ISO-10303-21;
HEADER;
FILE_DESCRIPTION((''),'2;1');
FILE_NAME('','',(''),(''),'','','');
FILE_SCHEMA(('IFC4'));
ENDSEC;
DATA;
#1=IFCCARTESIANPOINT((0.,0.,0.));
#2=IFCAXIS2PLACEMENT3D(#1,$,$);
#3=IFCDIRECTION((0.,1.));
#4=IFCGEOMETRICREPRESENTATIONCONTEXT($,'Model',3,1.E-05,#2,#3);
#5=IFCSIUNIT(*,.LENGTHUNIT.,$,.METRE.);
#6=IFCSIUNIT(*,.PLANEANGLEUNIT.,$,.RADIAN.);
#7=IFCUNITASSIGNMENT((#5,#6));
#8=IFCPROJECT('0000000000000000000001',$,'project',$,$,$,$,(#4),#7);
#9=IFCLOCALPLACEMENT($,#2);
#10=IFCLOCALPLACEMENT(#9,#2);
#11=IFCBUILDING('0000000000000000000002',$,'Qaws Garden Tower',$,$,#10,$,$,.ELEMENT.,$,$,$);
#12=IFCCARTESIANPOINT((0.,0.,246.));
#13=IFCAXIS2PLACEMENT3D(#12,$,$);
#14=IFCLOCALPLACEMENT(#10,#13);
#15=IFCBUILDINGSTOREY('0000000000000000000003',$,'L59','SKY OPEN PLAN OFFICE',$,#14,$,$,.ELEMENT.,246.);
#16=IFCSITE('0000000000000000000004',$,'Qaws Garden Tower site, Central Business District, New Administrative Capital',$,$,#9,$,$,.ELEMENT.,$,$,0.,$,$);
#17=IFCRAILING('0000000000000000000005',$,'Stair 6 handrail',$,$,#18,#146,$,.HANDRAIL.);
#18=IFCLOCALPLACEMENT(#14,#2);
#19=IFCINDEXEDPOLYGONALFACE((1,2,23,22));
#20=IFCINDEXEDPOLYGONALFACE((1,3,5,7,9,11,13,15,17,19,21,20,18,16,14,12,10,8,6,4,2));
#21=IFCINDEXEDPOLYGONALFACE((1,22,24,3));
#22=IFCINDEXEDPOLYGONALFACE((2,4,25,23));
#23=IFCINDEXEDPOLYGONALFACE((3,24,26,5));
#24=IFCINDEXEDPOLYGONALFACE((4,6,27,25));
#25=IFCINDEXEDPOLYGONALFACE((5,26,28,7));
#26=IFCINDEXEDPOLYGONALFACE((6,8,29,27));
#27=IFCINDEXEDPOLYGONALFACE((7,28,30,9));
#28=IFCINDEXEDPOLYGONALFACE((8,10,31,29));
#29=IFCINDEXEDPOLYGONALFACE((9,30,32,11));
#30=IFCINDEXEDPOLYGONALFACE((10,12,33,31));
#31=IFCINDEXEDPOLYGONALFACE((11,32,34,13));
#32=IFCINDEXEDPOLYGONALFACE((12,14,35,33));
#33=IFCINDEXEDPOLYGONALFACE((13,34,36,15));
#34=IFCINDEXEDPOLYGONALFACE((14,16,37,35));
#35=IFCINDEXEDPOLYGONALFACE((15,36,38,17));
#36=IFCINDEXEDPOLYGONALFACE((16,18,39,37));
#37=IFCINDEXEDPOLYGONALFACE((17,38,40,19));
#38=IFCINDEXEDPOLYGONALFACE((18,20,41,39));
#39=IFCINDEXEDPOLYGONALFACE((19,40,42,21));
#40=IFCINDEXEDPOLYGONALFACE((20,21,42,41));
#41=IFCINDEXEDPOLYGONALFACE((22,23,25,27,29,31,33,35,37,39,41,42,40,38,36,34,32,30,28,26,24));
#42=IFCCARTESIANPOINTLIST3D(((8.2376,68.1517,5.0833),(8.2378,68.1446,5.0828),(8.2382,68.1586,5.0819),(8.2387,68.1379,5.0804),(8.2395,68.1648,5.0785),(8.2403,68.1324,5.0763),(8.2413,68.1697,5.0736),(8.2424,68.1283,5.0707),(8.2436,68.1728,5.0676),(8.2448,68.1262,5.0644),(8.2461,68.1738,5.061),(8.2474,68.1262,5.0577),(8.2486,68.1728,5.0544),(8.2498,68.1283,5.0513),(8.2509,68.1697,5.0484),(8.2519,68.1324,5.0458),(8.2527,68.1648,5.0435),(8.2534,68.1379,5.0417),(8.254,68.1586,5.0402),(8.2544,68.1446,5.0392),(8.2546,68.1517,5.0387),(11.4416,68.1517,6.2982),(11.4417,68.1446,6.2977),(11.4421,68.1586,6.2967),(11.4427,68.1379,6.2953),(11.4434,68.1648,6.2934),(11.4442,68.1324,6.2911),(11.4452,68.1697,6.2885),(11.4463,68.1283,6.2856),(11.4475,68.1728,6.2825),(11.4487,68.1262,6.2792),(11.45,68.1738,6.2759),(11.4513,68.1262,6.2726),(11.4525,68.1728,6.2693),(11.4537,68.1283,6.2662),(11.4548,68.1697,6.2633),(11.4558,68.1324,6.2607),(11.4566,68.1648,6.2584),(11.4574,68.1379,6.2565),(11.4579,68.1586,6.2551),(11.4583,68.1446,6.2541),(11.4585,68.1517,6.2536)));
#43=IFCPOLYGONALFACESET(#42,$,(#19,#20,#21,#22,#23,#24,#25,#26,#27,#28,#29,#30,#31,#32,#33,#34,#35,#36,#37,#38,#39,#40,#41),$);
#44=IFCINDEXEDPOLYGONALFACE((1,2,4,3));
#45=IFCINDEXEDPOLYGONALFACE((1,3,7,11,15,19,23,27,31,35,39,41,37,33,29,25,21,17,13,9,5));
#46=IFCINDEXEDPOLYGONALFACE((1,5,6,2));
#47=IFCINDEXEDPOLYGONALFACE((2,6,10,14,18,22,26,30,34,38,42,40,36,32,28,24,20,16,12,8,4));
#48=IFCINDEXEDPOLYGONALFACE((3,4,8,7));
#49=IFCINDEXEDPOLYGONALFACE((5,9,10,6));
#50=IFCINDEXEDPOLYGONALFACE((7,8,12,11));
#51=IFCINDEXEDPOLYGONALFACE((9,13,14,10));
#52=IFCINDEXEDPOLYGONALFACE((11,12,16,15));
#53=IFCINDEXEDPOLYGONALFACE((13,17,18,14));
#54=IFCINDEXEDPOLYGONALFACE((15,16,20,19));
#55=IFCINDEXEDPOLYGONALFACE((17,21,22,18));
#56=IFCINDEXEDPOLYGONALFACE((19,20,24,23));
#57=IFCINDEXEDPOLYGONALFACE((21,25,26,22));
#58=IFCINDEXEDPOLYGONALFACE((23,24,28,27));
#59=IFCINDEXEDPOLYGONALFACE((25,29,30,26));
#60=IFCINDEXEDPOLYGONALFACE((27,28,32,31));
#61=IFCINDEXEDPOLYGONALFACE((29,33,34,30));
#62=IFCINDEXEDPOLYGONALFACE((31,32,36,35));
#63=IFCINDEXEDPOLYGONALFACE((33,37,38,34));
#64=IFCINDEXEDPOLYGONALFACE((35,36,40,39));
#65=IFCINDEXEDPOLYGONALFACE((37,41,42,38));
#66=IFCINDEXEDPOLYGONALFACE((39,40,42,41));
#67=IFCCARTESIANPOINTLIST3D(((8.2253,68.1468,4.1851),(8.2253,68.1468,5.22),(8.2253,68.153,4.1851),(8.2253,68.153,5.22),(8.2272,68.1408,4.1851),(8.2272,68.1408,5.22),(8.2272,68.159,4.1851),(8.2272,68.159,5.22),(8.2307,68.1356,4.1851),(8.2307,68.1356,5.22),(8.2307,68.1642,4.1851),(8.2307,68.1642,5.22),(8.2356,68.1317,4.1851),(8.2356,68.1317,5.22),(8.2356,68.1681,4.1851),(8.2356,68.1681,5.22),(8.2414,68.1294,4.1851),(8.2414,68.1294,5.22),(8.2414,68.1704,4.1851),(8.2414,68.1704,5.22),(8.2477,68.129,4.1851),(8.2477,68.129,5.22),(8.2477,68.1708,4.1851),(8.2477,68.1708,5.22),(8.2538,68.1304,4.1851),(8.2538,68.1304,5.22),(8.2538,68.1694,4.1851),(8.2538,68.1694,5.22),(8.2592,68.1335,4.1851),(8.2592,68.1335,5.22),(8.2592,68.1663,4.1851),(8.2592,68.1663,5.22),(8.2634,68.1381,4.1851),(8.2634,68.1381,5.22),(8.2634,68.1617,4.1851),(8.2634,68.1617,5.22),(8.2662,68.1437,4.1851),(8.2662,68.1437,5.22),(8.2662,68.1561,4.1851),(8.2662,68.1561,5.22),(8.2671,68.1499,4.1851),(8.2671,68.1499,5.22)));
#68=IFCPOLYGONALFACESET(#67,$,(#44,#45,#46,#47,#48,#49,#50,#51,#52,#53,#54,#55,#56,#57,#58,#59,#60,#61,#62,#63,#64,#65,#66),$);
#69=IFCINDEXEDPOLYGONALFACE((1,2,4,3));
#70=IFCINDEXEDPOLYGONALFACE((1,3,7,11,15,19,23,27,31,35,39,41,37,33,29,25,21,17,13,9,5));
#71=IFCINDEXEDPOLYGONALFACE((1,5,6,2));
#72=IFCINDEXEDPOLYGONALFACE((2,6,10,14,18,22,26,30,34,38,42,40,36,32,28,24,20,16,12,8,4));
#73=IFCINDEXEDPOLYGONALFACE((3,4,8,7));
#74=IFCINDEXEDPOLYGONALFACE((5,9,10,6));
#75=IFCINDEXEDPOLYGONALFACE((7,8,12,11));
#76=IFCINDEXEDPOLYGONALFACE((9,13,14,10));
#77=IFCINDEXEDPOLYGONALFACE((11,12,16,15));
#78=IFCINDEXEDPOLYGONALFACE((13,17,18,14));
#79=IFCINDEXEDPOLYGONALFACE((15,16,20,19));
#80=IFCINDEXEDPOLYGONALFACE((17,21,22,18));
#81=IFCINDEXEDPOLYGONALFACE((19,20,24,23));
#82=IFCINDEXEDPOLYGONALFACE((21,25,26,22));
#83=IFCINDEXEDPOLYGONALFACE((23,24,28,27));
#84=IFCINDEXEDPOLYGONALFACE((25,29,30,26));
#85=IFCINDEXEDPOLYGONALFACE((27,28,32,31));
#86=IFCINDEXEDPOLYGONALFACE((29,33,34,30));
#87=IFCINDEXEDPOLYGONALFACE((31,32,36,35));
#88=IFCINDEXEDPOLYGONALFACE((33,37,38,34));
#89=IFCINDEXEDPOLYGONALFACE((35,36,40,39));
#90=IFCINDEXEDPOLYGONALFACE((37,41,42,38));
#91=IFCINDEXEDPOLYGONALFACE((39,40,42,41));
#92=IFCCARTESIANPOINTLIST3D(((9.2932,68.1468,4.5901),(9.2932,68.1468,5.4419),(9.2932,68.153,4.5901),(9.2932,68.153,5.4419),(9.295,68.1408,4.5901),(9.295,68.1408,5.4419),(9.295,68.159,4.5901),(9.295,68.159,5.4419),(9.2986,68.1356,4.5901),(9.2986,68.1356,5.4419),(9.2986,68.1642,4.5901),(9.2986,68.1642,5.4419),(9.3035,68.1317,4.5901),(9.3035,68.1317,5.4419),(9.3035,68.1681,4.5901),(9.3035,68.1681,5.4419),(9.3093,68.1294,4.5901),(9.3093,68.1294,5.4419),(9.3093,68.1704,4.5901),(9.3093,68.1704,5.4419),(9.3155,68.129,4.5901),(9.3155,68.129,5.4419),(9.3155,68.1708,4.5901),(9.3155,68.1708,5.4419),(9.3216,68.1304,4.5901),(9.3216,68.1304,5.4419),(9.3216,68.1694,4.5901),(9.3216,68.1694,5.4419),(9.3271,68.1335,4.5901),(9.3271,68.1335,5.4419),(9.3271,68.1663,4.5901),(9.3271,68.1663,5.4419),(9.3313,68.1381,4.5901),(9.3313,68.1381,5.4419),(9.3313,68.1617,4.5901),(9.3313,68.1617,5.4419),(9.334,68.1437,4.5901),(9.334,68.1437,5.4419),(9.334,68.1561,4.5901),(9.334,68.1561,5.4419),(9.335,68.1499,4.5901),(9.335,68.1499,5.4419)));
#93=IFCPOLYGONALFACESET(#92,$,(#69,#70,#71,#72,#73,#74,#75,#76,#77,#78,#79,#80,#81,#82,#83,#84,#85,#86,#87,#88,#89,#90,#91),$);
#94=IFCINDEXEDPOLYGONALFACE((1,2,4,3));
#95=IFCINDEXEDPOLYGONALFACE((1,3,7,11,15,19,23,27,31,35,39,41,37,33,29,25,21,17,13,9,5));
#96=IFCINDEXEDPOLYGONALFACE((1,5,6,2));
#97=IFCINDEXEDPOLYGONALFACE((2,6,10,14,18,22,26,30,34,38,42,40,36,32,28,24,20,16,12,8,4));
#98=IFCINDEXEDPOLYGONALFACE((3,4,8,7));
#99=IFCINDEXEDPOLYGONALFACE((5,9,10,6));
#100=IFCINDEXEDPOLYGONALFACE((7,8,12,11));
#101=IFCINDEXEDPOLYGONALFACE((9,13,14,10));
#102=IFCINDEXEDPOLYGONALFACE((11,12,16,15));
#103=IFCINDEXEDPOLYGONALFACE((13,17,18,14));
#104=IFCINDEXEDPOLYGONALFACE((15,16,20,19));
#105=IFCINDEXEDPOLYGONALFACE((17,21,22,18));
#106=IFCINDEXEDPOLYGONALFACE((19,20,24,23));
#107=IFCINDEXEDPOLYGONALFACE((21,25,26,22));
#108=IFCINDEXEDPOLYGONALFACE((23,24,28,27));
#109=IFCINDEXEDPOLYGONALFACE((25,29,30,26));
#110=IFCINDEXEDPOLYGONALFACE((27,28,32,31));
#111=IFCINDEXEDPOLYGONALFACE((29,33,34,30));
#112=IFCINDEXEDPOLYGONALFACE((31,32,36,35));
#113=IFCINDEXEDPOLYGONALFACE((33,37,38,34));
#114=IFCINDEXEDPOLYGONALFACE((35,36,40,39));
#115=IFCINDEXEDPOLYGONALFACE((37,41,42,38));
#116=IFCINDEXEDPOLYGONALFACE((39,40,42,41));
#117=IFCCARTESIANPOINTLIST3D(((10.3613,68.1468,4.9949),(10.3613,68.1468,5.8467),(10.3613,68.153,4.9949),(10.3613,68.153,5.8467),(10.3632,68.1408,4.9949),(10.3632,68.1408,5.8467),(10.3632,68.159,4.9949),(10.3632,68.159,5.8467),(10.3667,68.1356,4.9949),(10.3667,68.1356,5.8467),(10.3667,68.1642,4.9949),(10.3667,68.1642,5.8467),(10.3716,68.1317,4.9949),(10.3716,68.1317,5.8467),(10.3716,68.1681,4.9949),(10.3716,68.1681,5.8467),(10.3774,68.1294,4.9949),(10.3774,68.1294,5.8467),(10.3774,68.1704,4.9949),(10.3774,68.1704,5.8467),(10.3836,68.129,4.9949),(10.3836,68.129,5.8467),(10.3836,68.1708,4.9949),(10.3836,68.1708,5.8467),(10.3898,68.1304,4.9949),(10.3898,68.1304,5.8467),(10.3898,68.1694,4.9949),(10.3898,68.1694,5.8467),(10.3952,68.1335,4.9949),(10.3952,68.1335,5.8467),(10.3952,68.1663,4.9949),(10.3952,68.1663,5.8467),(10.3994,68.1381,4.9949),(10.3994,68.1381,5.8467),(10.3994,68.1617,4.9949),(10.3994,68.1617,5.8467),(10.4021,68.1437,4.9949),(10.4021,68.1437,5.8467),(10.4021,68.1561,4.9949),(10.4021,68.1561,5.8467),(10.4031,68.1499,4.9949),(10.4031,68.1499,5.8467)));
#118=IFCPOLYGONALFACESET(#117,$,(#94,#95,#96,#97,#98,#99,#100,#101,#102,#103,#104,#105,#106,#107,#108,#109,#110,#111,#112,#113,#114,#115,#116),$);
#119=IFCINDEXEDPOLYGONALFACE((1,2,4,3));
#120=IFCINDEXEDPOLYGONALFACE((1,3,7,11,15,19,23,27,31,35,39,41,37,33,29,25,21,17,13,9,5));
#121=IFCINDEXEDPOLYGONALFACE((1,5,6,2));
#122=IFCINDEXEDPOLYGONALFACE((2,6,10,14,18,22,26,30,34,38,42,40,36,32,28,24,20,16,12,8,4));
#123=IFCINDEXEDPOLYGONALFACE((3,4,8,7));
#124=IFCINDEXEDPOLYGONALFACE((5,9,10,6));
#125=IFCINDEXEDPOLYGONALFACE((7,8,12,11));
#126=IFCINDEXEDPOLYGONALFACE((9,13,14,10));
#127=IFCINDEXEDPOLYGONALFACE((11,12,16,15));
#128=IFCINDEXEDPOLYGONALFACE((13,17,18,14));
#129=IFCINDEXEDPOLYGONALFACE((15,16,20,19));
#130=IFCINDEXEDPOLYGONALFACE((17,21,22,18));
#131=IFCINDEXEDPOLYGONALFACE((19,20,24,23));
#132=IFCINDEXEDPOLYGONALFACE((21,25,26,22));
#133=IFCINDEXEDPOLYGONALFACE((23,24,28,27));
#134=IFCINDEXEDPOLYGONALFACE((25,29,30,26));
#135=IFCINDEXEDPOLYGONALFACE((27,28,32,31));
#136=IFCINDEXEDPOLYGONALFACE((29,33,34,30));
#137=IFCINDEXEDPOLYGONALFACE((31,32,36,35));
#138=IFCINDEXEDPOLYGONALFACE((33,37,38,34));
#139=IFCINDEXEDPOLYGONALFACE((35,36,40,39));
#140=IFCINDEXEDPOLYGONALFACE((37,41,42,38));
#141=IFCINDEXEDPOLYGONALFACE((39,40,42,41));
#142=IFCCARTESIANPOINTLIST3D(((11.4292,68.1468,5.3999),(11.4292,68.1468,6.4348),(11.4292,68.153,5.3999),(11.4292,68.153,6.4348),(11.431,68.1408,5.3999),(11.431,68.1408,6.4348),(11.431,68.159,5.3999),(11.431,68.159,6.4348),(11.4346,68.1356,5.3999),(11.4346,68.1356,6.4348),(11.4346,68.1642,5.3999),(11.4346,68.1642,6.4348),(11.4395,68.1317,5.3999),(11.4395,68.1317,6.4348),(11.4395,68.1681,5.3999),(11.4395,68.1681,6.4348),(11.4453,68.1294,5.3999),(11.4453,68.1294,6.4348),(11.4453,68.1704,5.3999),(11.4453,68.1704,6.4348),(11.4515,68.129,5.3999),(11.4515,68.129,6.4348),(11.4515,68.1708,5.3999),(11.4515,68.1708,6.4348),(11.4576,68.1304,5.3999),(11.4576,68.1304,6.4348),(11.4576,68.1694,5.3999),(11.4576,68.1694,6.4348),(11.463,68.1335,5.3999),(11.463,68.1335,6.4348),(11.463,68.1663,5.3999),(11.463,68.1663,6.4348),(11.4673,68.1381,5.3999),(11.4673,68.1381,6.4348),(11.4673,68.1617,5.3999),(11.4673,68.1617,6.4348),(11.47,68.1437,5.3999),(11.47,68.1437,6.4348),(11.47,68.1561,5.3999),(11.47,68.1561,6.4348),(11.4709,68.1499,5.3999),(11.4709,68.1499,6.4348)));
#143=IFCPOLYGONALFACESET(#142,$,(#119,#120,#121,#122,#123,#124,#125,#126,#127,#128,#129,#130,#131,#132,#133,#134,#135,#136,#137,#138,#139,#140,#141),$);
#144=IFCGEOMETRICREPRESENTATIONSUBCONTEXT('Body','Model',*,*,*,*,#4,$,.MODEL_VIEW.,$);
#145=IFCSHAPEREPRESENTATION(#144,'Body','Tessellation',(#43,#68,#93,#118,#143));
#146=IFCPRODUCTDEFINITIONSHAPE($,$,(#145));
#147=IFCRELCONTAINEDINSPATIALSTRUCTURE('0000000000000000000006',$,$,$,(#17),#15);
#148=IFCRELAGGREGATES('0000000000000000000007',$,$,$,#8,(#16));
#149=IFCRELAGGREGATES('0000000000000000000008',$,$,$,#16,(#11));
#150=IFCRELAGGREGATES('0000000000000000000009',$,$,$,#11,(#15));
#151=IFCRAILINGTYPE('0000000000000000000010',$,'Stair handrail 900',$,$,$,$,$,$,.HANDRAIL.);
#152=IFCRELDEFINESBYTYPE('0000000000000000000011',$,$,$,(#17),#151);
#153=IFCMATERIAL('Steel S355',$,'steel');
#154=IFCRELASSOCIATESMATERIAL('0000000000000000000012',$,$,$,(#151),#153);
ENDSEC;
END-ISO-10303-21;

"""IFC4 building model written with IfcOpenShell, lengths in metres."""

from ifc_helpers import new_model, si_unit, direction, frame, origin, origin_2d, place, context, subcontext, project, spatial, circle, extrude, material, type_object, element, save


model = new_model("IFC4")

# Units and contexts
model_context = context("Model", 3, precision=1e-05, world=origin(), true_north=direction((0.0, 1.0)))
body_context = subcontext(model_context, "Body", "Model", "MODEL_VIEW")
ifc_project = project(units=[si_unit("LENGTHUNIT", "METRE"), si_unit("PLANEANGLEUNIT", "RADIAN")], contexts=[model_context])

# Site, building, storey
site_placement = place(None, origin())
site = spatial("IfcSite", under=ifc_project, at=site_placement, Name="Qaws Garden Tower site, Central Business District, New Administrative Capital", CompositionType="ELEMENT", RefElevation=0.0)
building_placement = place(site_placement, origin())
building = spatial("IfcBuilding", under=site, at=building_placement, Name="Qaws Garden Tower", CompositionType="ELEMENT")
storey_placement = place(building_placement, frame((0.0, 0.0, 246.0)))
storey = spatial("IfcBuildingStorey", under=building, at=storey_placement, Name="L59", Description="SKY OPEN PLAN OFFICE", CompositionType="ELEMENT", Elevation=246.0)

# Railing
ifc_material_1 = material(Name="Steel S355", Category="steel")
railing_type = type_object("IfcRailingType", Name="Stair handrail 900", PredefinedType="HANDRAIL", material=ifc_material_1)
railing_1_placement = place(storey_placement, frame((8.2461, 68.1499, 4.1851)))
element("IfcRailing", 1, at=railing_1_placement, inside=storey, type_object=railing_type, Name="Stair 6 handrail", PredefinedType="HANDRAIL", context=body_context, shape_type="SweptSolid", body=[
    extrude(circle(Radius=0.0239, at=origin_2d()), frame((0.0, 0.0, 0.876), z_axis=(0.935037, 0.0, 0.354549), x_axis=(0.0, 1.0, 0.0)), (0.0, 0.0, 1.0), 3.4265),
    extrude(circle(Radius=0.021, at=origin_2d()), origin(), (0.0, 0.0, 1.0), 1.0349),
    extrude(circle(Radius=0.021, at=origin_2d()), frame((1.0679, 0.0, 0.405)), (0.0, 0.0, 1.0), 0.8518),
    extrude(circle(Radius=0.021, at=origin_2d()), frame((2.136, 0.0, 0.8098)), (0.0, 0.0, 1.0), 0.8518),
    extrude(circle(Radius=0.021, at=origin_2d()), frame((3.2039, 0.0, 1.2148)), (0.0, 0.0, 1.0), 1.0349),
])

save(model, "model.ifc")
